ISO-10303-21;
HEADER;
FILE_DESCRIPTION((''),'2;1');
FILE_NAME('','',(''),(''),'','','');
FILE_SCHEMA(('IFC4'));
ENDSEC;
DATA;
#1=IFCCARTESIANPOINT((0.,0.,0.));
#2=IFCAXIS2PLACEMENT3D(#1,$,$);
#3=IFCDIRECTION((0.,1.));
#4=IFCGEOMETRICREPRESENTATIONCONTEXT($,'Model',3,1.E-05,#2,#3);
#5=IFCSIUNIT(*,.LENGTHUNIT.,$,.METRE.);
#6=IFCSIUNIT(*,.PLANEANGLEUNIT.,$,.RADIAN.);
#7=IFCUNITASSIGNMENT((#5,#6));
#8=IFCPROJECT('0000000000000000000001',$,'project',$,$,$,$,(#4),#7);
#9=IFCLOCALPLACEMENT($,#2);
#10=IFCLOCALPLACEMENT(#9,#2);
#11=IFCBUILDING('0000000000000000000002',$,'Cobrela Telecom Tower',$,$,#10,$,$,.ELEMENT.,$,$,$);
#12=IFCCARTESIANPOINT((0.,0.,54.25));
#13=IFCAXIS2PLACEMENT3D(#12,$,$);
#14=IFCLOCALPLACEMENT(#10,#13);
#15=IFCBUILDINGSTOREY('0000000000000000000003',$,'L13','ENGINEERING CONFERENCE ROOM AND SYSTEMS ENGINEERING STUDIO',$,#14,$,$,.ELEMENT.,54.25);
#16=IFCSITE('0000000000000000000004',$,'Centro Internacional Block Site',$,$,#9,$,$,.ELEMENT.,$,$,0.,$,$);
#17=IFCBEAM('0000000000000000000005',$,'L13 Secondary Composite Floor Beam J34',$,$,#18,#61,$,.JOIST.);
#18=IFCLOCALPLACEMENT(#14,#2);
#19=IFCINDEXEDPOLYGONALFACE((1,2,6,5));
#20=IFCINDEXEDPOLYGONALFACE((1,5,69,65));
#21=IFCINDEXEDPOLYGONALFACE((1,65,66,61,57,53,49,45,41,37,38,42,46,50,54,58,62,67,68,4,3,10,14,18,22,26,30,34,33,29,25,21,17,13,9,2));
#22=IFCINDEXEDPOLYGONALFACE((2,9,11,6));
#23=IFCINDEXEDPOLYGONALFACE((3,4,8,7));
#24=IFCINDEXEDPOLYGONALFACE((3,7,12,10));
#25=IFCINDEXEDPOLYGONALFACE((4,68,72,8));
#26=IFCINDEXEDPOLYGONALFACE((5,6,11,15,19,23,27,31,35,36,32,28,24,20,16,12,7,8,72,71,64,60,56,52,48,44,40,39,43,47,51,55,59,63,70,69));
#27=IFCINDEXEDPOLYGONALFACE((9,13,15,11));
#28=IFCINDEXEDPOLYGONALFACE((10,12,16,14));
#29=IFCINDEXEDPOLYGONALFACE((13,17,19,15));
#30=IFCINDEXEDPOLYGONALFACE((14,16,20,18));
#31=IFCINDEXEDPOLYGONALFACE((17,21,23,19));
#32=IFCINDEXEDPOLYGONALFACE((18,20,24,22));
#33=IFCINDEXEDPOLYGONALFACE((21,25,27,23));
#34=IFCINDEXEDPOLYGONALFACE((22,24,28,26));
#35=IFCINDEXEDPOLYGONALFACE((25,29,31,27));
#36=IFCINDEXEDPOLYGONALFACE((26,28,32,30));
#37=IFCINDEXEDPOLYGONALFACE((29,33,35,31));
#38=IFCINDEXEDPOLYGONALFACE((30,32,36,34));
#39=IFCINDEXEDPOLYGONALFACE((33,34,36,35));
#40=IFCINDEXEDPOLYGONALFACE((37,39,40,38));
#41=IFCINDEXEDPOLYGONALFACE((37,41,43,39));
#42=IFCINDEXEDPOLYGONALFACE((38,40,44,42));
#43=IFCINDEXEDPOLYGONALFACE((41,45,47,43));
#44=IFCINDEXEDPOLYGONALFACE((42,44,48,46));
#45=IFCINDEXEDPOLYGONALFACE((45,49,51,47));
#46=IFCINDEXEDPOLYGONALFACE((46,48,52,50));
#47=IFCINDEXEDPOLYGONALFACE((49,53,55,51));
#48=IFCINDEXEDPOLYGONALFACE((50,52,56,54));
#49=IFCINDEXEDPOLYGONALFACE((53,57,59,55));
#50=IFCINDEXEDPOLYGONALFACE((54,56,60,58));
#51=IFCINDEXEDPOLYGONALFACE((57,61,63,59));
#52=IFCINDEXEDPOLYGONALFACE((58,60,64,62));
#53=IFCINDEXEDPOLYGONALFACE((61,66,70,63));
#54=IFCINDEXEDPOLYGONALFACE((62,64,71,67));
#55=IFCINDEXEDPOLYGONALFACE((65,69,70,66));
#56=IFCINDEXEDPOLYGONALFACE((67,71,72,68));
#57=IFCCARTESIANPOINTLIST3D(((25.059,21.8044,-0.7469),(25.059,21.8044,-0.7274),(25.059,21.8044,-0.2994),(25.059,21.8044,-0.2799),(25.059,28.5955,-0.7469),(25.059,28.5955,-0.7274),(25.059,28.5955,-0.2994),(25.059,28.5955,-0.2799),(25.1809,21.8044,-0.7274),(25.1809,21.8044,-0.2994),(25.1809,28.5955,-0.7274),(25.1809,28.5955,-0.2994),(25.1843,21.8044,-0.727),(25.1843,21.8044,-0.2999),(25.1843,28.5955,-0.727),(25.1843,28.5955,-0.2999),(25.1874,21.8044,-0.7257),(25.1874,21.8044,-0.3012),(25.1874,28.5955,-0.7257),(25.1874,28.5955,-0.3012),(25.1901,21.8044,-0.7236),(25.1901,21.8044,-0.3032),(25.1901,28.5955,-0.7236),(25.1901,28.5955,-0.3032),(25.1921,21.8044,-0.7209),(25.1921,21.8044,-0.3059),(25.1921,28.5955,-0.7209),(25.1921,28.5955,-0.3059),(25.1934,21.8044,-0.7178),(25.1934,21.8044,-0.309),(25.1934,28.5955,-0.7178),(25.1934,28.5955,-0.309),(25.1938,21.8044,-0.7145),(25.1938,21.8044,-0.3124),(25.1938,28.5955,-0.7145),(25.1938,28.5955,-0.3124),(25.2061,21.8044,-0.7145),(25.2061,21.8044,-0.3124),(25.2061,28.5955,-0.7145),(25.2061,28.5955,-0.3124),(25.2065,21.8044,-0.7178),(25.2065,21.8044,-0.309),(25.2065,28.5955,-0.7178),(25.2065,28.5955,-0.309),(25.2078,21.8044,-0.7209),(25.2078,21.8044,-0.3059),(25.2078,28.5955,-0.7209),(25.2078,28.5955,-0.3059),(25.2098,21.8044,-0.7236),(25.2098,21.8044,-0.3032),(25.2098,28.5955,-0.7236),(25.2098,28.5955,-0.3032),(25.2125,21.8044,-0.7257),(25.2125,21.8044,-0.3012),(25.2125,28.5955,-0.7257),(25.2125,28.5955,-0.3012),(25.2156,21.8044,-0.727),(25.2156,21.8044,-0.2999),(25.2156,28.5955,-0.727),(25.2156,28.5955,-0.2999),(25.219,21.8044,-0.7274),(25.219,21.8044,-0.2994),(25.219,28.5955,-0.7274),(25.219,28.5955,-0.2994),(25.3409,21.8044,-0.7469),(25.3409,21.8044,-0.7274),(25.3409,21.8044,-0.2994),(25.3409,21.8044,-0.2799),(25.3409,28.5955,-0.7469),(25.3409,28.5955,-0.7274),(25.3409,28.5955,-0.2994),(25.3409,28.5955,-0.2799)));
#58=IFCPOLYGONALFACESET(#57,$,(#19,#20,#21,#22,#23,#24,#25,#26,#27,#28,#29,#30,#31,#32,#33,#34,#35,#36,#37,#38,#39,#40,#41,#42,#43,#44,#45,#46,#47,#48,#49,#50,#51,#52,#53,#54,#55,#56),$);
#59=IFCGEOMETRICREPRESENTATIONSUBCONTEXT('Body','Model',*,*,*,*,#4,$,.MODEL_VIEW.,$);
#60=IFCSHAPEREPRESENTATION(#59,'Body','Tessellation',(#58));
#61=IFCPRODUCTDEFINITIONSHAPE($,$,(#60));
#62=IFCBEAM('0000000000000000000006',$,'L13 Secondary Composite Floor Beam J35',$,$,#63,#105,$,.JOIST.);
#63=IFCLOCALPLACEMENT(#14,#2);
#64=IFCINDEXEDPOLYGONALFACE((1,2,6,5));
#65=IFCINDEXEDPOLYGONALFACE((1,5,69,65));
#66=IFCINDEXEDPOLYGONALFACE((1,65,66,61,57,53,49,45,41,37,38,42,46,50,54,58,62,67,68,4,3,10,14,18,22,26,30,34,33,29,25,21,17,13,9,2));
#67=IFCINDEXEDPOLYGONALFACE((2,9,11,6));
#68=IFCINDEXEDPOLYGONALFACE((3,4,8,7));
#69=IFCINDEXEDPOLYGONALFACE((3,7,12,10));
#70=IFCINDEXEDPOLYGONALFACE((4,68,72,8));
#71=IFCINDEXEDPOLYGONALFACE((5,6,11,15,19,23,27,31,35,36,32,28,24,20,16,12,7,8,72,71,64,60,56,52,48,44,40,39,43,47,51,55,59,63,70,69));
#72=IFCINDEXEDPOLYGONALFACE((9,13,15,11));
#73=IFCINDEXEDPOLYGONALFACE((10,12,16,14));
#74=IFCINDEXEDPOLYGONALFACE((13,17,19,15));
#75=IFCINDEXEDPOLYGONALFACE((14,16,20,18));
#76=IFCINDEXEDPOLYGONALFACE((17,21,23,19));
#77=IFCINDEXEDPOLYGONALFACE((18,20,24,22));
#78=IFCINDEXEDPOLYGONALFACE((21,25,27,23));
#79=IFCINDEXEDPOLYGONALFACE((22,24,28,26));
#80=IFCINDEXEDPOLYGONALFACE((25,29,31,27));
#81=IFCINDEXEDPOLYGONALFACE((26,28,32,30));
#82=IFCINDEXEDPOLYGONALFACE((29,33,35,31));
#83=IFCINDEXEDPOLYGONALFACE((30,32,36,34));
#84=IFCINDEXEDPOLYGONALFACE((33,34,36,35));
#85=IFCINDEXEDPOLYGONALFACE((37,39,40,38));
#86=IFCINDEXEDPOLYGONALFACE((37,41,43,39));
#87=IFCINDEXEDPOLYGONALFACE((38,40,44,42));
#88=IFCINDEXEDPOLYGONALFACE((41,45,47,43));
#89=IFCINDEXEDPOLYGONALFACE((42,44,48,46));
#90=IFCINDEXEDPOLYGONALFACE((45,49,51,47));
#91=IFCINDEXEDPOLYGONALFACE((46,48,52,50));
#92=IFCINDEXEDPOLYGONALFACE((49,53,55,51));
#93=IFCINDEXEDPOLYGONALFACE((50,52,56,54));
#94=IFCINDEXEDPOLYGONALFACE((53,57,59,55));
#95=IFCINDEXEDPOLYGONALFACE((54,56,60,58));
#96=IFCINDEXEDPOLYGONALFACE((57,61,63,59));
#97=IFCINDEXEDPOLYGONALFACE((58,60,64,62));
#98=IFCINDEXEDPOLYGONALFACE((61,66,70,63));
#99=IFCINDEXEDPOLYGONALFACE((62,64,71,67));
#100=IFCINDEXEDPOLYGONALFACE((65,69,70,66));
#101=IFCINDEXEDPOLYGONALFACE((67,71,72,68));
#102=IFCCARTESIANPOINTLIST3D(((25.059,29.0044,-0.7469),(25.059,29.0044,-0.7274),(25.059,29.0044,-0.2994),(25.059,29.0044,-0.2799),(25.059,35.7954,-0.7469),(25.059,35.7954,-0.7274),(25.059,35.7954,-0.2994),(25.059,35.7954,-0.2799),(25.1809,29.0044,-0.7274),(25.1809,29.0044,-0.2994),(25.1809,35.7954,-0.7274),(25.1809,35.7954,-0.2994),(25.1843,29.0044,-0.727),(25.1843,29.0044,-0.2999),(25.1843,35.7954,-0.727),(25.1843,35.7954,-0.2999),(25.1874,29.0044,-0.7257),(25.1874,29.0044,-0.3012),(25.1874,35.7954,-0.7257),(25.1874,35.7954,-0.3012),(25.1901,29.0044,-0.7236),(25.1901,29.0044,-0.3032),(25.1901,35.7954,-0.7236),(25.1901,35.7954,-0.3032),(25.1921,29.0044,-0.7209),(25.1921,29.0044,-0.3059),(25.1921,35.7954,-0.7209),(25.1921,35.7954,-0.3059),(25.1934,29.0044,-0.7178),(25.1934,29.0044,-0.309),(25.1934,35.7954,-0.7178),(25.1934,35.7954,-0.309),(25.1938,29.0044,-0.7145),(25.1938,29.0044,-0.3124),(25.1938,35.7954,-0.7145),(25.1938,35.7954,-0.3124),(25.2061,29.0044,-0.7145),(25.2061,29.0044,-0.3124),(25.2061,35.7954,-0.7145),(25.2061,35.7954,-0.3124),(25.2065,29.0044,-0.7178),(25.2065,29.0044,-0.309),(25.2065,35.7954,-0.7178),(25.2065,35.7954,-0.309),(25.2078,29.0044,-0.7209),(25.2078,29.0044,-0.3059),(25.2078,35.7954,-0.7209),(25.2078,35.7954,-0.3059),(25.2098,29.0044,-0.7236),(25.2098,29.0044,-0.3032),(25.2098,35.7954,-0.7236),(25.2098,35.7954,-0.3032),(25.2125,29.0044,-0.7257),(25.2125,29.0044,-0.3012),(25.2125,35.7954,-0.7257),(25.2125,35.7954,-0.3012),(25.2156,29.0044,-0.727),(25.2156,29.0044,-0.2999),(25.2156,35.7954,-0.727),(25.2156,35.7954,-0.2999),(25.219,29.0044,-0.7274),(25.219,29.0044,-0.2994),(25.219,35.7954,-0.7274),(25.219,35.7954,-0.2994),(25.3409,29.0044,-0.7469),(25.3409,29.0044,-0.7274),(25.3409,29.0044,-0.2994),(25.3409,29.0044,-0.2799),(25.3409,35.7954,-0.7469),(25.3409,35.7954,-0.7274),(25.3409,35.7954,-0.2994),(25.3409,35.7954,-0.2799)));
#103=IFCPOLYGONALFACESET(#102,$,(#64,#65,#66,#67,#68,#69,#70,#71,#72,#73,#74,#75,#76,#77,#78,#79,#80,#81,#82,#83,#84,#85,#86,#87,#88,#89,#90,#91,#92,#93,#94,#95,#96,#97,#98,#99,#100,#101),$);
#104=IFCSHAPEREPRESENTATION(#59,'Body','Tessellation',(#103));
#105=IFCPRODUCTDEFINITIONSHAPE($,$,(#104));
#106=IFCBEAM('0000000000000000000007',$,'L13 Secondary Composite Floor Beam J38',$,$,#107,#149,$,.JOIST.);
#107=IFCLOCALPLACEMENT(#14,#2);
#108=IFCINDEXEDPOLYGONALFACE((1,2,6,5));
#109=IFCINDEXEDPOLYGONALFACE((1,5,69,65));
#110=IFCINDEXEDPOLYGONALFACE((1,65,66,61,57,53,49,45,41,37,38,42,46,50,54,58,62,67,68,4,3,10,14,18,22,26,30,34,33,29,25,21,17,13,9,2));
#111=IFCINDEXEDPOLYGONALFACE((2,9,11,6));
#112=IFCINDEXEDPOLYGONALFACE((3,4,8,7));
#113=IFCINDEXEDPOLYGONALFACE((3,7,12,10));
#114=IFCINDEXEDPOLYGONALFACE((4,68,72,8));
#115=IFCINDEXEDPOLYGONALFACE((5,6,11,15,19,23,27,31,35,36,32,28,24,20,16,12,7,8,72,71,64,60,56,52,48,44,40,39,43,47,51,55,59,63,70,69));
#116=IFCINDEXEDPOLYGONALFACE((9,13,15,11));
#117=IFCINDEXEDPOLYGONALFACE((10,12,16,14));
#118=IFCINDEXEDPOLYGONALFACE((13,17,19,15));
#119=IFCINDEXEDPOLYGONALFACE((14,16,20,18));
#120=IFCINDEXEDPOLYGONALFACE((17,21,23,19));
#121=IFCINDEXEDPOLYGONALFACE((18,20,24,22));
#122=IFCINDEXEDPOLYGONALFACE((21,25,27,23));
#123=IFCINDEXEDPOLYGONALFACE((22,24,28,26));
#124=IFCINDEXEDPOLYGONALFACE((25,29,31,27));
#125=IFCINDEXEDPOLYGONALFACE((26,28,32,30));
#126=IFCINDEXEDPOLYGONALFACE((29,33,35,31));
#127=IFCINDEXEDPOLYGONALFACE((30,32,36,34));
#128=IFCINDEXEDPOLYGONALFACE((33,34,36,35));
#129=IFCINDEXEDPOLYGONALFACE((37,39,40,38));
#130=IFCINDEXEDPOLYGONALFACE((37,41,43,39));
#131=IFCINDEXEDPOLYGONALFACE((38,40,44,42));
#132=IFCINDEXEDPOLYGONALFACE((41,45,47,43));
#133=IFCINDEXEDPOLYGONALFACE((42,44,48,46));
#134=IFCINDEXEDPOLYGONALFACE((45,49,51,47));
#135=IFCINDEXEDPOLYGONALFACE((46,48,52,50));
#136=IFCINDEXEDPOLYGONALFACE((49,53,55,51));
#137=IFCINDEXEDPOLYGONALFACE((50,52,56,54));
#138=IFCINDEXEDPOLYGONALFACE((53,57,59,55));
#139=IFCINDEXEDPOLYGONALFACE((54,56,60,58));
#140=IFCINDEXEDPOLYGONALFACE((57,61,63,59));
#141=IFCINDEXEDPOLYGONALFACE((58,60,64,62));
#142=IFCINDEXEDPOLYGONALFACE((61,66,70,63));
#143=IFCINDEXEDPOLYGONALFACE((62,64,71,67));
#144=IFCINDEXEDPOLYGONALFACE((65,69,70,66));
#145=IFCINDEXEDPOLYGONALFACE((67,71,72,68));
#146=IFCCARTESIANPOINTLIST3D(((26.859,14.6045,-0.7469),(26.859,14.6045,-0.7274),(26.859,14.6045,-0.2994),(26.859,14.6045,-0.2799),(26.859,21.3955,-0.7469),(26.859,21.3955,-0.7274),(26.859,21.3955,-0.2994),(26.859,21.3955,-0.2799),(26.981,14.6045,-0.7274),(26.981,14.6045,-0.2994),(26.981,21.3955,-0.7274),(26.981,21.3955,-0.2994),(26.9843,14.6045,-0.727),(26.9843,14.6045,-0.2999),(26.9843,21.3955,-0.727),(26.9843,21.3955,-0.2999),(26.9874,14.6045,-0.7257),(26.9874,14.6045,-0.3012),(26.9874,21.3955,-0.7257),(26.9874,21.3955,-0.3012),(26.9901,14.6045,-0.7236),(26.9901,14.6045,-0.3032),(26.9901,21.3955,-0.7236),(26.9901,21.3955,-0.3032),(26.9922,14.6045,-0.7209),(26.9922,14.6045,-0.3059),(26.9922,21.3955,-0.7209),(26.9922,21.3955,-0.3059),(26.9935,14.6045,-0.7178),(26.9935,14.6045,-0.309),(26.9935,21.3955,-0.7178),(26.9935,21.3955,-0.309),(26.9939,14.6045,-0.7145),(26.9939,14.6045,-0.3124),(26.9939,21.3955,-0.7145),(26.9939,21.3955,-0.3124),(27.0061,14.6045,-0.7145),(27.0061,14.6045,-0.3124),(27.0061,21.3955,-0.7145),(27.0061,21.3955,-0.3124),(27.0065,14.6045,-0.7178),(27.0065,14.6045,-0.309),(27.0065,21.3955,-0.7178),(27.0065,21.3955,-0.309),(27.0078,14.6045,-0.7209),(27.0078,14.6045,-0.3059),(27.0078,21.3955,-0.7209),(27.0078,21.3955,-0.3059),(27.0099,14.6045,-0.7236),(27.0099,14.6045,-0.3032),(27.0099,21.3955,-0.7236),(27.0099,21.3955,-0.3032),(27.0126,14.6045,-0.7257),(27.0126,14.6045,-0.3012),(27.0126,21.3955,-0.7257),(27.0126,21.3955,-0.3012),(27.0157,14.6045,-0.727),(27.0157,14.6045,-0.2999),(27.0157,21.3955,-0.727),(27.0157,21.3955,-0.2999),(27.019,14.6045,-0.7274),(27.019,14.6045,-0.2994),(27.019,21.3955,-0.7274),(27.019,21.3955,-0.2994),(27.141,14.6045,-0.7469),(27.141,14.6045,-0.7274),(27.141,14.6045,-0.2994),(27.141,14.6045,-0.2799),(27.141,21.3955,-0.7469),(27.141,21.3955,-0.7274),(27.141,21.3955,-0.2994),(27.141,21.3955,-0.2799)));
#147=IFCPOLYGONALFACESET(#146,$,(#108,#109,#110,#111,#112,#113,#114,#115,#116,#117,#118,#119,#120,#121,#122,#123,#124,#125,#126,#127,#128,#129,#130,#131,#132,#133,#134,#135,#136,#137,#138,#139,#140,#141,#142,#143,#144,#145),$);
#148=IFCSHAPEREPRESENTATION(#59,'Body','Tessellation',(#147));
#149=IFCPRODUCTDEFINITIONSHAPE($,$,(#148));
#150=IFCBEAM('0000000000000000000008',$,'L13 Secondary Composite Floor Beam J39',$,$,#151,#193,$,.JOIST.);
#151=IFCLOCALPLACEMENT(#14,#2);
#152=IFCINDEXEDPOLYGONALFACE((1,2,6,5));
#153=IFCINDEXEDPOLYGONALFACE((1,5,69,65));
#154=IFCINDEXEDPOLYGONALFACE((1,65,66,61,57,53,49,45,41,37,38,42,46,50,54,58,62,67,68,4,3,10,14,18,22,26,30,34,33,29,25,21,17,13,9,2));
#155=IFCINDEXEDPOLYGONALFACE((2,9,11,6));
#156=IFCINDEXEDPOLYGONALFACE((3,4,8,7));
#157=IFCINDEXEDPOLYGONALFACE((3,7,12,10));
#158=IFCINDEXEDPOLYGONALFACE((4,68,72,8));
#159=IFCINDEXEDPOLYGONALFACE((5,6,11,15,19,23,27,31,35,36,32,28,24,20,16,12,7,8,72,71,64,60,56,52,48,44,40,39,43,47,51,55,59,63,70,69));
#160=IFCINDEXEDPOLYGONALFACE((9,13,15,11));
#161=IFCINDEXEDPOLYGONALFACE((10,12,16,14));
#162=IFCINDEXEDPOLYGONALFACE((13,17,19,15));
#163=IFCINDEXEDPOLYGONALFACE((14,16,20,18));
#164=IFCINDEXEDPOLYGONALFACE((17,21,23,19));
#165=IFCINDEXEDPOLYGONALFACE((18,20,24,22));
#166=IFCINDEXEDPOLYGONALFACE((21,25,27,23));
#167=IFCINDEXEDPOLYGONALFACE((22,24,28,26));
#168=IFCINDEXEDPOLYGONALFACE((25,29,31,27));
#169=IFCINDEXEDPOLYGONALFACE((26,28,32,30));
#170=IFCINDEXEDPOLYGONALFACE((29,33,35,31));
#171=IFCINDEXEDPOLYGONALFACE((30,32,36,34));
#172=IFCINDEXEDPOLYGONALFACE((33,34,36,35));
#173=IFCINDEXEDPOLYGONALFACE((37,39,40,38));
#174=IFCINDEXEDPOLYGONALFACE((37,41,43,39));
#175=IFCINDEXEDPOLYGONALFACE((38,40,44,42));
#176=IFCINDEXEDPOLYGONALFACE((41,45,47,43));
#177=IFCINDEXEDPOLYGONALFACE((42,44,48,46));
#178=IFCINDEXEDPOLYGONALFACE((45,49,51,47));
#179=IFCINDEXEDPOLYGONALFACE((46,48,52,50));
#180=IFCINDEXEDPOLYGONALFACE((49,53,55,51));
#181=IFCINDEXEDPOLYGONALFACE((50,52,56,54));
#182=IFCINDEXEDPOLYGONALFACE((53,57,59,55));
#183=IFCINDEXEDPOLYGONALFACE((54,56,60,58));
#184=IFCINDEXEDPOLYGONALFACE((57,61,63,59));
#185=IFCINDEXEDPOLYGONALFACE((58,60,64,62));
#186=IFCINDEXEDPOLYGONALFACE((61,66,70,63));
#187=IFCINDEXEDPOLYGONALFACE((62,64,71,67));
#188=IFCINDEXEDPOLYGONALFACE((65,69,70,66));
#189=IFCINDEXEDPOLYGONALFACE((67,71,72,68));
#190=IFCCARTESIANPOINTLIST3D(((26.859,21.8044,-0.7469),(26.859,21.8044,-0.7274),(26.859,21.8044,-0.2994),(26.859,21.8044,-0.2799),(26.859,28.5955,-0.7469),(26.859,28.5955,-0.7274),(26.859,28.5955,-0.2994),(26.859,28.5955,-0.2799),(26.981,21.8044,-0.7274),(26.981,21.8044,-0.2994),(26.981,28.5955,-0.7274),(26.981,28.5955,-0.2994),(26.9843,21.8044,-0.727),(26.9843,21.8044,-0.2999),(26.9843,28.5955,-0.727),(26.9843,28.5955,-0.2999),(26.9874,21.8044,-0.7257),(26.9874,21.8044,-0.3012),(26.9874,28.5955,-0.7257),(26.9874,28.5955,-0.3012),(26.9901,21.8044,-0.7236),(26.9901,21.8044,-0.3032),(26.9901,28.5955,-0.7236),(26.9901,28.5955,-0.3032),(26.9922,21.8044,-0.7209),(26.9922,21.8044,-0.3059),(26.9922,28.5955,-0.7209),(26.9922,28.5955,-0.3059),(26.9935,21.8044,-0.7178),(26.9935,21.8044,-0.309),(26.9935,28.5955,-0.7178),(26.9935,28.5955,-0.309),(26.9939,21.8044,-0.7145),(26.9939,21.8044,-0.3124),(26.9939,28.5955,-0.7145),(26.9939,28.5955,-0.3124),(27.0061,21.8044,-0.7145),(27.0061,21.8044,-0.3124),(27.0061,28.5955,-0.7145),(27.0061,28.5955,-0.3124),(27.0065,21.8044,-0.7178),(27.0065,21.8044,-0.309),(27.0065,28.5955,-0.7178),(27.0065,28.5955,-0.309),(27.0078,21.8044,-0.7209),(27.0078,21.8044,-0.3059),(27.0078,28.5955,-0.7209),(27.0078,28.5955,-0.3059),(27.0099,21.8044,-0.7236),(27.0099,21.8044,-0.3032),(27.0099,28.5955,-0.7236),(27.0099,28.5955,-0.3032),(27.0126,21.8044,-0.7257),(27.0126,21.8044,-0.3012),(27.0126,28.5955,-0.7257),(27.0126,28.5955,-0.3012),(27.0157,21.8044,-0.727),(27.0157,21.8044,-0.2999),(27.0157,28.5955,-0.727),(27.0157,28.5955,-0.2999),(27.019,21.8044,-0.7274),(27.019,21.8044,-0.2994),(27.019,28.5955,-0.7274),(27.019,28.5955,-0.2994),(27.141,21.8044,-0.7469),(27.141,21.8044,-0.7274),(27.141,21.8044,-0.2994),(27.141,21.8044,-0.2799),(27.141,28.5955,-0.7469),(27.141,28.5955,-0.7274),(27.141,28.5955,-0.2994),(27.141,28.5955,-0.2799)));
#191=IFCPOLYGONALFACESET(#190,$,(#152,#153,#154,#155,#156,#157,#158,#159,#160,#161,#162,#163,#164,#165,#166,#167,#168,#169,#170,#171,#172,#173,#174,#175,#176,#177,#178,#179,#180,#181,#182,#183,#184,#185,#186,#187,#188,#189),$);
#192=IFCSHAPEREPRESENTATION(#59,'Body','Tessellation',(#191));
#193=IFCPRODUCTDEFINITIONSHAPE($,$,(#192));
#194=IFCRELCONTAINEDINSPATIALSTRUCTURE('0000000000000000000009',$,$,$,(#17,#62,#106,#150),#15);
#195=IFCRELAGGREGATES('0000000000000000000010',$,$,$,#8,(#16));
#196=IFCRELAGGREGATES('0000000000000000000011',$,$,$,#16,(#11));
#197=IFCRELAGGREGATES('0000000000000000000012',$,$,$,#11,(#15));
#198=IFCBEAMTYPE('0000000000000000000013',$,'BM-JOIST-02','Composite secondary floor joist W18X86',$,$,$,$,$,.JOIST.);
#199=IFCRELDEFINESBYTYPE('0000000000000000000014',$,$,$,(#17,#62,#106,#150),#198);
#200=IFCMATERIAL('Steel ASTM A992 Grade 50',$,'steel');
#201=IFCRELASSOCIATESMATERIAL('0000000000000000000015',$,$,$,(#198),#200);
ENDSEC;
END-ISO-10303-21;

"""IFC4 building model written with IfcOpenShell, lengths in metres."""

from ifc_helpers import new_model, si_unit, direction, frame, origin, origin_2d, place, context, subcontext, project, spatial, i_section, extrude, material, material_profile, profile_set, type_object, element, save


model = new_model("IFC4")

# Units and contexts
model_context = context("Model", 3, precision=1e-05, world=origin(), true_north=direction((0.0, 1.0)))
body_context = subcontext(model_context, "Body", "Model", "MODEL_VIEW")
ifc_project = project(units=[si_unit("LENGTHUNIT", "METRE"), si_unit("PLANEANGLEUNIT", "RADIAN")], contexts=[model_context])

# Site, building, storey
site_placement = place(None, origin())
site = spatial("IfcSite", under=ifc_project, at=site_placement, Name="Centro Internacional Block Site", CompositionType="ELEMENT", RefElevation=0.0)
building_placement = place(site_placement, origin())
building = spatial("IfcBuilding", under=site, at=building_placement, Name="Cobrela Telecom Tower", CompositionType="ELEMENT")
storey_placement = place(building_placement, frame((0.0, 0.0, 54.25)))
storey = spatial("IfcBuildingStorey", under=building, at=storey_placement, Name="L13", Description="ENGINEERING CONFERENCE ROOM AND SYSTEMS ENGINEERING STUDIO", CompositionType="ELEMENT", Elevation=54.25)

# Shared definitions
ifc_material_1 = material(Name="Steel ASTM A992 Grade 50", Category="steel")

# Beams
ifc_material_profile_1 = material_profile(ifc_material_1, i_section(OverallWidth=0.282, OverallDepth=0.467, WebThickness=0.0122, FlangeThickness=0.0195, FilletRadius=0.0129, at=origin_2d()), Name="W18X86")
ifc_profile_set_1 = profile_set([ifc_material_profile_1], Name="Steel ASTM A992 Grade 50")
beam_type_1 = type_object("IfcBeamType", Name="BM-JOIST-02", Description="Composite secondary floor joist W18X86", PredefinedType="JOIST", material=ifc_profile_set_1)
for number, where, z_axis, x_axis, name in (
    (1, (25.2, 21.8044, -0.5134), (0.0, 1.0, 0.0), (-1.0, 0.0, 0.0), "L13 Secondary Composite Floor Beam J34"),
    (2, (25.2, 29.0044, -0.5134), (0.0, 1.0, 0.0), (-1.0, 0.0, 0.0), "L13 Secondary Composite Floor Beam J35"),
    (3, (27.0, 14.6045, -0.5134), (0.0, 1.0, 0.0), (-1.0, 0.0, 0.0), "L13 Secondary Composite Floor Beam J38"),
    (4, (27.0, 21.8044, -0.5134), (0.0, 1.0, 0.0), (-1.0, 0.0, 0.0), "L13 Secondary Composite Floor Beam J39"),
):
    element("IfcBeam", number, at=place(storey_placement, frame(where, z_axis=z_axis, x_axis=x_axis)), inside=storey, type_object=beam_type_1, Name=name, PredefinedType="JOIST", context=body_context, shape_type="SweptSolid", body=[
        extrude(i_section(OverallWidth=0.282, OverallDepth=0.467, WebThickness=0.0122, FlangeThickness=0.0195, FilletRadius=0.0129, at=origin_2d()), origin(), (0.0, 0.0, 1.0), 6.791),
    ])

save(model, "model.ifc")
